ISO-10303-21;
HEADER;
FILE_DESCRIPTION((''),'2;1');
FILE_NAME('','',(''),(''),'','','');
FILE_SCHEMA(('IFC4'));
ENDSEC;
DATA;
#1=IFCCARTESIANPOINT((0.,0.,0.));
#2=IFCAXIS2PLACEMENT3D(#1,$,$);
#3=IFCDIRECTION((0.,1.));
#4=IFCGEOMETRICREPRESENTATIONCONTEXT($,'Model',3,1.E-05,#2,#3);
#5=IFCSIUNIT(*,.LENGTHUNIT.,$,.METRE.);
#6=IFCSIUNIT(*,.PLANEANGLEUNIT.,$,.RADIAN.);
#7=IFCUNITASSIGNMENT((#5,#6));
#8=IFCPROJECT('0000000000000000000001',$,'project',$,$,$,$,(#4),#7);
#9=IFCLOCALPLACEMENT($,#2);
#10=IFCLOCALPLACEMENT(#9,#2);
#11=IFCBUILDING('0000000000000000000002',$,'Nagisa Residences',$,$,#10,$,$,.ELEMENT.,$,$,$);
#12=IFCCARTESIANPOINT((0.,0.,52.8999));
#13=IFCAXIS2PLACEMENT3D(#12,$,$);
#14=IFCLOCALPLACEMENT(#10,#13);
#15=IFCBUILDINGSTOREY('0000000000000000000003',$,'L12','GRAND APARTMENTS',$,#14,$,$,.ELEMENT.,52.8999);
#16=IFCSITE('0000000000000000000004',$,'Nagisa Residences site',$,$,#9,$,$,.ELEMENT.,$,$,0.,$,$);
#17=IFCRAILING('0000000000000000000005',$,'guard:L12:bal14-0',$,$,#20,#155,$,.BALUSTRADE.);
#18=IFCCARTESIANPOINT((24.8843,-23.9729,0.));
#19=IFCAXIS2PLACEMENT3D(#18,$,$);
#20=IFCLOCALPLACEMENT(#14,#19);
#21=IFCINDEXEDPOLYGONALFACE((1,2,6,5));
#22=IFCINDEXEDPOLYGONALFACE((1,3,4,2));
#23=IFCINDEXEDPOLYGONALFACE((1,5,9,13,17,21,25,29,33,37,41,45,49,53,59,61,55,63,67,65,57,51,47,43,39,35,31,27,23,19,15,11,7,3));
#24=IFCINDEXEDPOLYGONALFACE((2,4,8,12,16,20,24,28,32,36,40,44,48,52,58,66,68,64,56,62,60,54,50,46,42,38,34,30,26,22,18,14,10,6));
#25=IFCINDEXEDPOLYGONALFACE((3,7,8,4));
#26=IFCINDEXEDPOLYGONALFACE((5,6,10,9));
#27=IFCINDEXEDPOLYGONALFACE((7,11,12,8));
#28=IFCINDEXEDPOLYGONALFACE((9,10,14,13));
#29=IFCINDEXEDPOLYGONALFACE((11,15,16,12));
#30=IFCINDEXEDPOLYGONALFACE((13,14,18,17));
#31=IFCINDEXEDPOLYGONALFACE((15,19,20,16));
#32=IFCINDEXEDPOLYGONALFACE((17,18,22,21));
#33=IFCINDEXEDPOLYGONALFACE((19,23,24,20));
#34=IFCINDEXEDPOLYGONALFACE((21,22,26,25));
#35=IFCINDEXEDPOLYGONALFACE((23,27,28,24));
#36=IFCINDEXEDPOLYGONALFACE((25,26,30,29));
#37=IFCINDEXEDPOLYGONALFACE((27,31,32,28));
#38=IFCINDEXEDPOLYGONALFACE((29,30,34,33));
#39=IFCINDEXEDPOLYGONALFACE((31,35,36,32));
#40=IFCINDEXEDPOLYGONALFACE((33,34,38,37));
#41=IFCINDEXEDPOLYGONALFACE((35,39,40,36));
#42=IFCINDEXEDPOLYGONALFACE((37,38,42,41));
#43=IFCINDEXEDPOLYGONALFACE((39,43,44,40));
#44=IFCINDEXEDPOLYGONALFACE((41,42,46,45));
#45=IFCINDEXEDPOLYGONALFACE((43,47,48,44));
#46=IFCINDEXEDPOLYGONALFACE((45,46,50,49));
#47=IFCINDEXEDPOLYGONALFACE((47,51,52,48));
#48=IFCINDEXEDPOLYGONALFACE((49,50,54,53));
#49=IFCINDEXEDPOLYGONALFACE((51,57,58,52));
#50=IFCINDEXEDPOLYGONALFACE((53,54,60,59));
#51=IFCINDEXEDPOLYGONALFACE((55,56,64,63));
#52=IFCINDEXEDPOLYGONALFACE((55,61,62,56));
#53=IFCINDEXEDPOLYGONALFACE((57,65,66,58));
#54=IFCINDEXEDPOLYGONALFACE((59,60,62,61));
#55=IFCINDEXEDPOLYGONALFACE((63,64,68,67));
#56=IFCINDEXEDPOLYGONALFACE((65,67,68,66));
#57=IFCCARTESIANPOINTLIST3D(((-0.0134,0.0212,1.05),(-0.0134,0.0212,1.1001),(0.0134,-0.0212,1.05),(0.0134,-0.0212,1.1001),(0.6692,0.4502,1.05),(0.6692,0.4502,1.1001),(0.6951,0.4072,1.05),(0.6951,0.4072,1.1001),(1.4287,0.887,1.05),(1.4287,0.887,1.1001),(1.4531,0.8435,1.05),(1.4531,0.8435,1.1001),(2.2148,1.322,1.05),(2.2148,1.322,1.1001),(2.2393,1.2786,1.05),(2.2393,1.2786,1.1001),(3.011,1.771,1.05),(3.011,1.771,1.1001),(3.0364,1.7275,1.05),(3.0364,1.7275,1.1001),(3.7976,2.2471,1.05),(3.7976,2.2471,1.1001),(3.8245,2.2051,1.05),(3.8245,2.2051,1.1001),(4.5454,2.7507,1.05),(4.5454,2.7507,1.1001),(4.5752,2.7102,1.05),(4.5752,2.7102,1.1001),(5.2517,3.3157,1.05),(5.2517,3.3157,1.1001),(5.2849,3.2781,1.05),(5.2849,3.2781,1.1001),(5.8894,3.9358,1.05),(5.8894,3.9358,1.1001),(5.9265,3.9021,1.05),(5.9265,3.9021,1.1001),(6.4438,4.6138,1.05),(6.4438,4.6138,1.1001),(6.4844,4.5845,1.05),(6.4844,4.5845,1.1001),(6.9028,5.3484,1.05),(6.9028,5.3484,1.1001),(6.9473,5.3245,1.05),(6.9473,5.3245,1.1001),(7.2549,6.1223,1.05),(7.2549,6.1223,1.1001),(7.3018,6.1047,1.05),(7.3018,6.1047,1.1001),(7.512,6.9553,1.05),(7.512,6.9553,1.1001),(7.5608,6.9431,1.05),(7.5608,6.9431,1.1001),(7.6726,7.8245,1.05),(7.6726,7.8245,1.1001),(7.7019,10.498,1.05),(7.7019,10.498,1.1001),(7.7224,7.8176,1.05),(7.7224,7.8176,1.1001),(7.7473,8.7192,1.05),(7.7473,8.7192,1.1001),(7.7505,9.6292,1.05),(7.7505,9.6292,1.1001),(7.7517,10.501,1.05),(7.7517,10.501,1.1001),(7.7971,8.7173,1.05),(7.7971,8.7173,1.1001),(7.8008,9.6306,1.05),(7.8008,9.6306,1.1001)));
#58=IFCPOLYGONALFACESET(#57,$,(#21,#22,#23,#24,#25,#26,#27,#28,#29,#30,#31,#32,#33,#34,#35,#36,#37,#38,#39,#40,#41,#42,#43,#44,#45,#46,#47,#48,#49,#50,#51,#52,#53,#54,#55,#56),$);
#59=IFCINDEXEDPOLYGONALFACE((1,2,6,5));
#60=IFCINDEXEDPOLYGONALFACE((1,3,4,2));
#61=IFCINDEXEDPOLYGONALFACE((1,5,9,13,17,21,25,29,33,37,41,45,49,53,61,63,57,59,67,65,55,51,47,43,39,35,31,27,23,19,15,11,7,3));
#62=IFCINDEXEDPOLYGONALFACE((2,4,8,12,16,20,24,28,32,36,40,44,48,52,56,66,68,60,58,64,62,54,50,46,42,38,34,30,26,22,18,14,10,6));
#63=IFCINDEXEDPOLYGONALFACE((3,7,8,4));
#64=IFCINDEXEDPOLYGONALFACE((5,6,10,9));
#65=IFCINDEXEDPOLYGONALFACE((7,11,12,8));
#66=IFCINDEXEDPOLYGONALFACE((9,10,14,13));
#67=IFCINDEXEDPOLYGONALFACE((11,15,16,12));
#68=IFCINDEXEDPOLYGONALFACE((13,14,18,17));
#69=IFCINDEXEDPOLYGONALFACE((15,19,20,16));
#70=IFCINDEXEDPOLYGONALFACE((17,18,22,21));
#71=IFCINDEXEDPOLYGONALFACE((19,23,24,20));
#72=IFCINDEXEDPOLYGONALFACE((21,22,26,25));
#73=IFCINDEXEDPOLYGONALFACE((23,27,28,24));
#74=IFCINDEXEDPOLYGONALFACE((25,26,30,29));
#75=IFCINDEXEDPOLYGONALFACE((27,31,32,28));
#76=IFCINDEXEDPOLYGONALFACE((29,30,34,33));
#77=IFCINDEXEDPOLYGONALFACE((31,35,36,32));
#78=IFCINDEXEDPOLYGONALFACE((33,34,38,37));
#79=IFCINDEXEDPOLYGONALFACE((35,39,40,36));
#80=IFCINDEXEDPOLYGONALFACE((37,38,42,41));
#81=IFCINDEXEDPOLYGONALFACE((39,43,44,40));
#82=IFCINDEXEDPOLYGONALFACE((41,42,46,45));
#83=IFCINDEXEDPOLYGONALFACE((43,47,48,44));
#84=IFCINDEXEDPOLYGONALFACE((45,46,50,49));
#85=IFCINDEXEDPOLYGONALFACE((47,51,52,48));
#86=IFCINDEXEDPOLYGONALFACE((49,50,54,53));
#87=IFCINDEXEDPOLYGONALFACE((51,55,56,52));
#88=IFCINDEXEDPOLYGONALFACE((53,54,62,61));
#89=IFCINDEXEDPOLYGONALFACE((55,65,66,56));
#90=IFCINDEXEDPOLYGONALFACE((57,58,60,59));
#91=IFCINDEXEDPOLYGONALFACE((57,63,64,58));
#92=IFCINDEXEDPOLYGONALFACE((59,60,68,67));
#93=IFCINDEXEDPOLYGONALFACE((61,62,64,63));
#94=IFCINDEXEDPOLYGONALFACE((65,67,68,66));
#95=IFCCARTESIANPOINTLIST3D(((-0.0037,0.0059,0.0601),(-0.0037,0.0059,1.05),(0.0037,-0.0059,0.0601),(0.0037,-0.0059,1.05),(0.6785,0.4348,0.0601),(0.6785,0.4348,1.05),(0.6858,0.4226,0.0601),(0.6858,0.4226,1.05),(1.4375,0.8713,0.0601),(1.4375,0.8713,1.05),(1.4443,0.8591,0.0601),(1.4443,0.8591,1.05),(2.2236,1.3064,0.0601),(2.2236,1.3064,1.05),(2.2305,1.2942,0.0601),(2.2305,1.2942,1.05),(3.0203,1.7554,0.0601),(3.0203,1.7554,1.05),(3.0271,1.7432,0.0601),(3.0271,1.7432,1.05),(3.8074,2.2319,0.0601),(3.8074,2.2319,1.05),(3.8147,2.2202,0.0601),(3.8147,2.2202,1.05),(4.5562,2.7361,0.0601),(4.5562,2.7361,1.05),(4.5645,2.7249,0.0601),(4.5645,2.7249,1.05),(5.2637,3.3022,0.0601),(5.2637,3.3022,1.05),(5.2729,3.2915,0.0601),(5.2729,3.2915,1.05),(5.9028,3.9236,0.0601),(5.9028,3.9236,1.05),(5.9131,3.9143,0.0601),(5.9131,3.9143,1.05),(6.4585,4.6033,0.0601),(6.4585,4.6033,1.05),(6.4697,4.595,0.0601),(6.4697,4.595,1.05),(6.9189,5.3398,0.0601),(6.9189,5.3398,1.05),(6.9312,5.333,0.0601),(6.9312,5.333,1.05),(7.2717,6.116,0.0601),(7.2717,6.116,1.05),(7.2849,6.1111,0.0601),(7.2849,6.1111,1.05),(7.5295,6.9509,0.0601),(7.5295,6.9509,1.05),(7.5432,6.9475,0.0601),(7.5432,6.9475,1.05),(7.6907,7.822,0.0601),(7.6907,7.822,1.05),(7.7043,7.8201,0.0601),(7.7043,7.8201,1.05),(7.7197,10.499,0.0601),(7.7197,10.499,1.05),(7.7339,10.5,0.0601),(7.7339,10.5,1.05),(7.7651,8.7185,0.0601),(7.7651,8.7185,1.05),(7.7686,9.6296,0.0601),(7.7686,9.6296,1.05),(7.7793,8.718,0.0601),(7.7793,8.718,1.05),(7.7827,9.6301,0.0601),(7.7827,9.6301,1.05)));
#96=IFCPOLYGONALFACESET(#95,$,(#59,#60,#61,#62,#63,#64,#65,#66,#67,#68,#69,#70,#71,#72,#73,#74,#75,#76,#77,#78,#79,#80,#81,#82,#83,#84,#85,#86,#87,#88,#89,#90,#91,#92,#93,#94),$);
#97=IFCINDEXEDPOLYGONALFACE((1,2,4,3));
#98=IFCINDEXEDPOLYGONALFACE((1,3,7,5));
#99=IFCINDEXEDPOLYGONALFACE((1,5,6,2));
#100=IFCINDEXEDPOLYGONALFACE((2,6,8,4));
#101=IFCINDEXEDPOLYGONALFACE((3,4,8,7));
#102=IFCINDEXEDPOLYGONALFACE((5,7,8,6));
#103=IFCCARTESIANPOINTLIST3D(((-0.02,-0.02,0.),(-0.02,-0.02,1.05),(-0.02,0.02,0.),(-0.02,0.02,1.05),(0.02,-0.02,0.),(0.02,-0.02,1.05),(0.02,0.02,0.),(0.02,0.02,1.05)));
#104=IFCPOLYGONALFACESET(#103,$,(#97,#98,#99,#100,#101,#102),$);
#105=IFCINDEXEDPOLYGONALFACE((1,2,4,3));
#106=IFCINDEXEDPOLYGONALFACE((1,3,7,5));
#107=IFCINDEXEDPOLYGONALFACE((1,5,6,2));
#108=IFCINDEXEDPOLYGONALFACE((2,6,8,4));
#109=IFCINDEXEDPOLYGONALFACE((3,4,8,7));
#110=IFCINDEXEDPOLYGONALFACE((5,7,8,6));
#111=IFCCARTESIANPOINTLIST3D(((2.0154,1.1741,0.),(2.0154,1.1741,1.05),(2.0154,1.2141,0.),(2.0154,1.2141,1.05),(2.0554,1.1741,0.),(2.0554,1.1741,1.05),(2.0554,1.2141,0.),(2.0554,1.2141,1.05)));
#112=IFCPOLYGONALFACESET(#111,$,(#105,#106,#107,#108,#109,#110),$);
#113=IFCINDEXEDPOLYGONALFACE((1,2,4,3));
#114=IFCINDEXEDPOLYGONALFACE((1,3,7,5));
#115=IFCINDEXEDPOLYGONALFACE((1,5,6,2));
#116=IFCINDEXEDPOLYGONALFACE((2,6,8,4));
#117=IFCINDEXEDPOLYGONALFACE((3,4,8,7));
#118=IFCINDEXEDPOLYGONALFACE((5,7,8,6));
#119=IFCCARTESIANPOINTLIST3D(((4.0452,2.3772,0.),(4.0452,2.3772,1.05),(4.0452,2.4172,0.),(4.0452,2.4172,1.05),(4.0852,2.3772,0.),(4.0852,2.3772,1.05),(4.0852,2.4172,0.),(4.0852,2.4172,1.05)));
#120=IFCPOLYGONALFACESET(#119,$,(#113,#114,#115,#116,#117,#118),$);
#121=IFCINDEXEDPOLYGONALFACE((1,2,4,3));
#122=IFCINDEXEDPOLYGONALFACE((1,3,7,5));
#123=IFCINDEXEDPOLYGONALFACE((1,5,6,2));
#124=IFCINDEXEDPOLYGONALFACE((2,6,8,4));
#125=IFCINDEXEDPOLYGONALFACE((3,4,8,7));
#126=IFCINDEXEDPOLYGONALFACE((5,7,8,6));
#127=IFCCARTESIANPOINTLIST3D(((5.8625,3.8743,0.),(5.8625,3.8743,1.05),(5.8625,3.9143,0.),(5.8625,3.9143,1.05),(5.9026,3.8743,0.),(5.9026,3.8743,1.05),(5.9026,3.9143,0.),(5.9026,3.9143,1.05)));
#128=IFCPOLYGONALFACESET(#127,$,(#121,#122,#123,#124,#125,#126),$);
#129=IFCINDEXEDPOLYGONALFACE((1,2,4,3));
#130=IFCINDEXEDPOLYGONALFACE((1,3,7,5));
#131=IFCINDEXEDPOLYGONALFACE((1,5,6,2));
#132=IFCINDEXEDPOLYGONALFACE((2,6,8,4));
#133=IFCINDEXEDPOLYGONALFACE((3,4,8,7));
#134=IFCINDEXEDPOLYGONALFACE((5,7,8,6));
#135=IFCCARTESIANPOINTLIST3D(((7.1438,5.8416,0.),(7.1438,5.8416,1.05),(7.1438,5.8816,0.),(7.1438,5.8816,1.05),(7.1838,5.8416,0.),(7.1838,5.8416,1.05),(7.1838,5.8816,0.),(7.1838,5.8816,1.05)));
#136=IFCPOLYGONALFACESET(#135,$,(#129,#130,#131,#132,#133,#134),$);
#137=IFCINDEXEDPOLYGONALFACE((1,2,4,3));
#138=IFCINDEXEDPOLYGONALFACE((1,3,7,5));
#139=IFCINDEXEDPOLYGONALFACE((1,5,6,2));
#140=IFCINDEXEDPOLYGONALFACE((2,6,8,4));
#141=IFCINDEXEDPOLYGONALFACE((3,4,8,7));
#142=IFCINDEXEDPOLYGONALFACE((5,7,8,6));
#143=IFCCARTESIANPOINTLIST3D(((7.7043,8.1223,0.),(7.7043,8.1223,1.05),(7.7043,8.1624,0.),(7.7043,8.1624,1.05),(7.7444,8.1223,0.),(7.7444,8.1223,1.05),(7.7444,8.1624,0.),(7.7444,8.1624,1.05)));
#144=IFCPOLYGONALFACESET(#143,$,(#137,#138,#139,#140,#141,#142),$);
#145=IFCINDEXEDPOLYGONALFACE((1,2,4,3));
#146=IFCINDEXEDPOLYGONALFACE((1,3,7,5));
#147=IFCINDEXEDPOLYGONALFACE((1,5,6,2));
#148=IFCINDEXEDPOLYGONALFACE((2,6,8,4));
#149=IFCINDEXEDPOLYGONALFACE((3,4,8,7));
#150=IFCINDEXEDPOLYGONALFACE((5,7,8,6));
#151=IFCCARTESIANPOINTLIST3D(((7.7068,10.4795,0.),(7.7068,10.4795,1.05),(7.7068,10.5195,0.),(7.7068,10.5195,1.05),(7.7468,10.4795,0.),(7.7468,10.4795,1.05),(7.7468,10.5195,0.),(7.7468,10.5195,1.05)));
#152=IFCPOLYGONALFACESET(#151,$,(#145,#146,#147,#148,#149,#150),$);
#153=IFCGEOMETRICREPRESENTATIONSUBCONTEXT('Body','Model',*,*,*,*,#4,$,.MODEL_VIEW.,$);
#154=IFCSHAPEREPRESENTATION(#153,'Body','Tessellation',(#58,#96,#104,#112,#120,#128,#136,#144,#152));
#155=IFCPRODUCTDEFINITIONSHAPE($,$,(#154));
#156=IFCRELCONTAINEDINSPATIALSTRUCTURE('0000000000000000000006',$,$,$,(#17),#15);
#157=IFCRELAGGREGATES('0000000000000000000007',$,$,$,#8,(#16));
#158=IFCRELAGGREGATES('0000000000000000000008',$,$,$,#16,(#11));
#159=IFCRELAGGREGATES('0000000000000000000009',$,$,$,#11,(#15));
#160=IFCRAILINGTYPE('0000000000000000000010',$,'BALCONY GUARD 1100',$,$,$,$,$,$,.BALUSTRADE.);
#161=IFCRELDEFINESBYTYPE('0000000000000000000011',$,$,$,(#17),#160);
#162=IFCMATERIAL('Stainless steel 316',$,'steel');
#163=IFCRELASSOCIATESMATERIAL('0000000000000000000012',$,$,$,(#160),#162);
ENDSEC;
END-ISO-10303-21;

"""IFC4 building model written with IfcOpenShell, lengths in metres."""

from ifc_helpers import new_model, si_unit, direction, frame, origin, origin_2d, place, context, subcontext, project, spatial, polyline, rectangle, outline, extrude, material, type_object, element, save


model = new_model("IFC4")

# Units and contexts
model_context = context("Model", 3, precision=1e-05, world=origin(), true_north=direction((0.0, 1.0)))
body_context = subcontext(model_context, "Body", "Model", "MODEL_VIEW")
ifc_project = project(units=[si_unit("LENGTHUNIT", "METRE"), si_unit("PLANEANGLEUNIT", "RADIAN")], contexts=[model_context])

# Site, building, storey
site_placement = place(None, origin())
site = spatial("IfcSite", under=ifc_project, at=site_placement, Name="Nagisa Residences site", CompositionType="ELEMENT", RefElevation=0.0)
building_placement = place(site_placement, origin())
building = spatial("IfcBuilding", under=site, at=building_placement, Name="Nagisa Residences", CompositionType="ELEMENT")
storey_placement = place(building_placement, frame((0.0, 0.0, 52.8999)))
storey = spatial("IfcBuildingStorey", under=building, at=storey_placement, Name="L12", Description="GRAND APARTMENTS", CompositionType="ELEMENT", Elevation=52.8999)

# Railing
ifc_material_1 = material(Name="Stainless steel 316", Category="steel")
railing_type = type_object("IfcRailingType", Name="BALCONY GUARD 1100", PredefinedType="BALUSTRADE", material=ifc_material_1)
railing_1_placement = place(storey_placement, frame((24.8843, -23.9729, 0.0)))
element("IfcRailing", 1, at=railing_1_placement, inside=storey, type_object=railing_type, Name="guard:L12:bal14-0", PredefinedType="BALUSTRADE", context=body_context, shape_type="SweptSolid", body=[
    extrude(outline(polyline([(0.6692, 0.4502), (-0.0134, 0.0212), (0.0134, -0.0212), (0.6951, 0.4072), (1.4531, 0.8435), (2.2393, 1.2786), (3.0364, 1.7275), (3.8245, 2.2051), (4.5752, 2.7102), (5.2849, 3.2781), (5.9265, 3.9021), (6.4844, 4.5845), (6.9473, 5.3245), (7.3018, 6.1047), (7.5608, 6.9431), (7.7224, 7.8176), (7.7971, 8.7173), (7.8008, 9.6306), (7.7517, 10.501), (7.7019, 10.498), (7.7505, 9.6292), (7.7473, 8.7192), (7.6726, 7.8245), (7.512, 6.9553), (7.2549, 6.1223), (6.9028, 5.3484), (6.4438, 4.6138), (5.8894, 3.9358), (5.2517, 3.3157), (4.5454, 2.7507), (3.7976, 2.2471), (3.011, 1.771), (2.2148, 1.322), (1.4287, 0.887), (0.6692, 0.4502)])), frame((0.0, 0.0, 1.05)), (0.0, 0.0, 1.0), 0.05),
    extrude(outline(polyline([(0.6785, 0.4348), (-0.0037, 0.0059), (0.0037, -0.0059), (0.6858, 0.4226), (1.4443, 0.8591), (2.2305, 1.2942), (3.0271, 1.7432), (3.8147, 2.2202), (4.5645, 2.7249), (5.2729, 3.2915), (5.9131, 3.9143), (6.4697, 4.595), (6.9312, 5.333), (7.2849, 6.1111), (7.5432, 6.9475), (7.7043, 7.8201), (7.7793, 8.718), (7.7827, 9.6301), (7.7339, 10.5), (7.7197, 10.499), (7.7686, 9.6296), (7.7651, 8.7185), (7.6907, 7.822), (7.5295, 6.9509), (7.2717, 6.116), (6.9189, 5.3398), (6.4585, 4.6033), (5.9028, 3.9236), (5.2637, 3.3022), (4.5562, 2.7361), (3.8074, 2.2319), (3.0203, 1.7554), (2.2236, 1.3064), (1.4375, 0.8713), (0.6785, 0.4348)])), frame((0.0, 0.0, 0.0601)), (0.0, 0.0, 1.0), 0.99),
    extrude(rectangle(XDim=0.04, YDim=0.04, at=origin_2d()), origin(), (0.0, 0.0, 1.0), 1.05),
    extrude(rectangle(XDim=0.04, YDim=0.04, at=origin_2d()), frame((2.0354, 1.1941, 0.0)), (0.0, 0.0, 1.0), 1.05),
    extrude(rectangle(XDim=0.04, YDim=0.04, at=origin_2d()), frame((4.0652, 2.3972, 0.0)), (0.0, 0.0, 1.0), 1.05),
    extrude(rectangle(XDim=0.04, YDim=0.04, at=origin_2d()), frame((5.8826, 3.8943, 0.0)), (0.0, 0.0, 1.0), 1.05),
    extrude(rectangle(XDim=0.04, YDim=0.04, at=origin_2d()), frame((7.1638, 5.8616, 0.0)), (0.0, 0.0, 1.0), 1.05),
    extrude(rectangle(XDim=0.04, YDim=0.04, at=origin_2d()), frame((7.7244, 8.1423, 0.0)), (0.0, 0.0, 1.0), 1.05),
    extrude(rectangle(XDim=0.04, YDim=0.04, at=origin_2d()), frame((7.7268, 10.4995, 0.0)), (0.0, 0.0, 1.0), 1.05),
])

save(model, "model.ifc")
